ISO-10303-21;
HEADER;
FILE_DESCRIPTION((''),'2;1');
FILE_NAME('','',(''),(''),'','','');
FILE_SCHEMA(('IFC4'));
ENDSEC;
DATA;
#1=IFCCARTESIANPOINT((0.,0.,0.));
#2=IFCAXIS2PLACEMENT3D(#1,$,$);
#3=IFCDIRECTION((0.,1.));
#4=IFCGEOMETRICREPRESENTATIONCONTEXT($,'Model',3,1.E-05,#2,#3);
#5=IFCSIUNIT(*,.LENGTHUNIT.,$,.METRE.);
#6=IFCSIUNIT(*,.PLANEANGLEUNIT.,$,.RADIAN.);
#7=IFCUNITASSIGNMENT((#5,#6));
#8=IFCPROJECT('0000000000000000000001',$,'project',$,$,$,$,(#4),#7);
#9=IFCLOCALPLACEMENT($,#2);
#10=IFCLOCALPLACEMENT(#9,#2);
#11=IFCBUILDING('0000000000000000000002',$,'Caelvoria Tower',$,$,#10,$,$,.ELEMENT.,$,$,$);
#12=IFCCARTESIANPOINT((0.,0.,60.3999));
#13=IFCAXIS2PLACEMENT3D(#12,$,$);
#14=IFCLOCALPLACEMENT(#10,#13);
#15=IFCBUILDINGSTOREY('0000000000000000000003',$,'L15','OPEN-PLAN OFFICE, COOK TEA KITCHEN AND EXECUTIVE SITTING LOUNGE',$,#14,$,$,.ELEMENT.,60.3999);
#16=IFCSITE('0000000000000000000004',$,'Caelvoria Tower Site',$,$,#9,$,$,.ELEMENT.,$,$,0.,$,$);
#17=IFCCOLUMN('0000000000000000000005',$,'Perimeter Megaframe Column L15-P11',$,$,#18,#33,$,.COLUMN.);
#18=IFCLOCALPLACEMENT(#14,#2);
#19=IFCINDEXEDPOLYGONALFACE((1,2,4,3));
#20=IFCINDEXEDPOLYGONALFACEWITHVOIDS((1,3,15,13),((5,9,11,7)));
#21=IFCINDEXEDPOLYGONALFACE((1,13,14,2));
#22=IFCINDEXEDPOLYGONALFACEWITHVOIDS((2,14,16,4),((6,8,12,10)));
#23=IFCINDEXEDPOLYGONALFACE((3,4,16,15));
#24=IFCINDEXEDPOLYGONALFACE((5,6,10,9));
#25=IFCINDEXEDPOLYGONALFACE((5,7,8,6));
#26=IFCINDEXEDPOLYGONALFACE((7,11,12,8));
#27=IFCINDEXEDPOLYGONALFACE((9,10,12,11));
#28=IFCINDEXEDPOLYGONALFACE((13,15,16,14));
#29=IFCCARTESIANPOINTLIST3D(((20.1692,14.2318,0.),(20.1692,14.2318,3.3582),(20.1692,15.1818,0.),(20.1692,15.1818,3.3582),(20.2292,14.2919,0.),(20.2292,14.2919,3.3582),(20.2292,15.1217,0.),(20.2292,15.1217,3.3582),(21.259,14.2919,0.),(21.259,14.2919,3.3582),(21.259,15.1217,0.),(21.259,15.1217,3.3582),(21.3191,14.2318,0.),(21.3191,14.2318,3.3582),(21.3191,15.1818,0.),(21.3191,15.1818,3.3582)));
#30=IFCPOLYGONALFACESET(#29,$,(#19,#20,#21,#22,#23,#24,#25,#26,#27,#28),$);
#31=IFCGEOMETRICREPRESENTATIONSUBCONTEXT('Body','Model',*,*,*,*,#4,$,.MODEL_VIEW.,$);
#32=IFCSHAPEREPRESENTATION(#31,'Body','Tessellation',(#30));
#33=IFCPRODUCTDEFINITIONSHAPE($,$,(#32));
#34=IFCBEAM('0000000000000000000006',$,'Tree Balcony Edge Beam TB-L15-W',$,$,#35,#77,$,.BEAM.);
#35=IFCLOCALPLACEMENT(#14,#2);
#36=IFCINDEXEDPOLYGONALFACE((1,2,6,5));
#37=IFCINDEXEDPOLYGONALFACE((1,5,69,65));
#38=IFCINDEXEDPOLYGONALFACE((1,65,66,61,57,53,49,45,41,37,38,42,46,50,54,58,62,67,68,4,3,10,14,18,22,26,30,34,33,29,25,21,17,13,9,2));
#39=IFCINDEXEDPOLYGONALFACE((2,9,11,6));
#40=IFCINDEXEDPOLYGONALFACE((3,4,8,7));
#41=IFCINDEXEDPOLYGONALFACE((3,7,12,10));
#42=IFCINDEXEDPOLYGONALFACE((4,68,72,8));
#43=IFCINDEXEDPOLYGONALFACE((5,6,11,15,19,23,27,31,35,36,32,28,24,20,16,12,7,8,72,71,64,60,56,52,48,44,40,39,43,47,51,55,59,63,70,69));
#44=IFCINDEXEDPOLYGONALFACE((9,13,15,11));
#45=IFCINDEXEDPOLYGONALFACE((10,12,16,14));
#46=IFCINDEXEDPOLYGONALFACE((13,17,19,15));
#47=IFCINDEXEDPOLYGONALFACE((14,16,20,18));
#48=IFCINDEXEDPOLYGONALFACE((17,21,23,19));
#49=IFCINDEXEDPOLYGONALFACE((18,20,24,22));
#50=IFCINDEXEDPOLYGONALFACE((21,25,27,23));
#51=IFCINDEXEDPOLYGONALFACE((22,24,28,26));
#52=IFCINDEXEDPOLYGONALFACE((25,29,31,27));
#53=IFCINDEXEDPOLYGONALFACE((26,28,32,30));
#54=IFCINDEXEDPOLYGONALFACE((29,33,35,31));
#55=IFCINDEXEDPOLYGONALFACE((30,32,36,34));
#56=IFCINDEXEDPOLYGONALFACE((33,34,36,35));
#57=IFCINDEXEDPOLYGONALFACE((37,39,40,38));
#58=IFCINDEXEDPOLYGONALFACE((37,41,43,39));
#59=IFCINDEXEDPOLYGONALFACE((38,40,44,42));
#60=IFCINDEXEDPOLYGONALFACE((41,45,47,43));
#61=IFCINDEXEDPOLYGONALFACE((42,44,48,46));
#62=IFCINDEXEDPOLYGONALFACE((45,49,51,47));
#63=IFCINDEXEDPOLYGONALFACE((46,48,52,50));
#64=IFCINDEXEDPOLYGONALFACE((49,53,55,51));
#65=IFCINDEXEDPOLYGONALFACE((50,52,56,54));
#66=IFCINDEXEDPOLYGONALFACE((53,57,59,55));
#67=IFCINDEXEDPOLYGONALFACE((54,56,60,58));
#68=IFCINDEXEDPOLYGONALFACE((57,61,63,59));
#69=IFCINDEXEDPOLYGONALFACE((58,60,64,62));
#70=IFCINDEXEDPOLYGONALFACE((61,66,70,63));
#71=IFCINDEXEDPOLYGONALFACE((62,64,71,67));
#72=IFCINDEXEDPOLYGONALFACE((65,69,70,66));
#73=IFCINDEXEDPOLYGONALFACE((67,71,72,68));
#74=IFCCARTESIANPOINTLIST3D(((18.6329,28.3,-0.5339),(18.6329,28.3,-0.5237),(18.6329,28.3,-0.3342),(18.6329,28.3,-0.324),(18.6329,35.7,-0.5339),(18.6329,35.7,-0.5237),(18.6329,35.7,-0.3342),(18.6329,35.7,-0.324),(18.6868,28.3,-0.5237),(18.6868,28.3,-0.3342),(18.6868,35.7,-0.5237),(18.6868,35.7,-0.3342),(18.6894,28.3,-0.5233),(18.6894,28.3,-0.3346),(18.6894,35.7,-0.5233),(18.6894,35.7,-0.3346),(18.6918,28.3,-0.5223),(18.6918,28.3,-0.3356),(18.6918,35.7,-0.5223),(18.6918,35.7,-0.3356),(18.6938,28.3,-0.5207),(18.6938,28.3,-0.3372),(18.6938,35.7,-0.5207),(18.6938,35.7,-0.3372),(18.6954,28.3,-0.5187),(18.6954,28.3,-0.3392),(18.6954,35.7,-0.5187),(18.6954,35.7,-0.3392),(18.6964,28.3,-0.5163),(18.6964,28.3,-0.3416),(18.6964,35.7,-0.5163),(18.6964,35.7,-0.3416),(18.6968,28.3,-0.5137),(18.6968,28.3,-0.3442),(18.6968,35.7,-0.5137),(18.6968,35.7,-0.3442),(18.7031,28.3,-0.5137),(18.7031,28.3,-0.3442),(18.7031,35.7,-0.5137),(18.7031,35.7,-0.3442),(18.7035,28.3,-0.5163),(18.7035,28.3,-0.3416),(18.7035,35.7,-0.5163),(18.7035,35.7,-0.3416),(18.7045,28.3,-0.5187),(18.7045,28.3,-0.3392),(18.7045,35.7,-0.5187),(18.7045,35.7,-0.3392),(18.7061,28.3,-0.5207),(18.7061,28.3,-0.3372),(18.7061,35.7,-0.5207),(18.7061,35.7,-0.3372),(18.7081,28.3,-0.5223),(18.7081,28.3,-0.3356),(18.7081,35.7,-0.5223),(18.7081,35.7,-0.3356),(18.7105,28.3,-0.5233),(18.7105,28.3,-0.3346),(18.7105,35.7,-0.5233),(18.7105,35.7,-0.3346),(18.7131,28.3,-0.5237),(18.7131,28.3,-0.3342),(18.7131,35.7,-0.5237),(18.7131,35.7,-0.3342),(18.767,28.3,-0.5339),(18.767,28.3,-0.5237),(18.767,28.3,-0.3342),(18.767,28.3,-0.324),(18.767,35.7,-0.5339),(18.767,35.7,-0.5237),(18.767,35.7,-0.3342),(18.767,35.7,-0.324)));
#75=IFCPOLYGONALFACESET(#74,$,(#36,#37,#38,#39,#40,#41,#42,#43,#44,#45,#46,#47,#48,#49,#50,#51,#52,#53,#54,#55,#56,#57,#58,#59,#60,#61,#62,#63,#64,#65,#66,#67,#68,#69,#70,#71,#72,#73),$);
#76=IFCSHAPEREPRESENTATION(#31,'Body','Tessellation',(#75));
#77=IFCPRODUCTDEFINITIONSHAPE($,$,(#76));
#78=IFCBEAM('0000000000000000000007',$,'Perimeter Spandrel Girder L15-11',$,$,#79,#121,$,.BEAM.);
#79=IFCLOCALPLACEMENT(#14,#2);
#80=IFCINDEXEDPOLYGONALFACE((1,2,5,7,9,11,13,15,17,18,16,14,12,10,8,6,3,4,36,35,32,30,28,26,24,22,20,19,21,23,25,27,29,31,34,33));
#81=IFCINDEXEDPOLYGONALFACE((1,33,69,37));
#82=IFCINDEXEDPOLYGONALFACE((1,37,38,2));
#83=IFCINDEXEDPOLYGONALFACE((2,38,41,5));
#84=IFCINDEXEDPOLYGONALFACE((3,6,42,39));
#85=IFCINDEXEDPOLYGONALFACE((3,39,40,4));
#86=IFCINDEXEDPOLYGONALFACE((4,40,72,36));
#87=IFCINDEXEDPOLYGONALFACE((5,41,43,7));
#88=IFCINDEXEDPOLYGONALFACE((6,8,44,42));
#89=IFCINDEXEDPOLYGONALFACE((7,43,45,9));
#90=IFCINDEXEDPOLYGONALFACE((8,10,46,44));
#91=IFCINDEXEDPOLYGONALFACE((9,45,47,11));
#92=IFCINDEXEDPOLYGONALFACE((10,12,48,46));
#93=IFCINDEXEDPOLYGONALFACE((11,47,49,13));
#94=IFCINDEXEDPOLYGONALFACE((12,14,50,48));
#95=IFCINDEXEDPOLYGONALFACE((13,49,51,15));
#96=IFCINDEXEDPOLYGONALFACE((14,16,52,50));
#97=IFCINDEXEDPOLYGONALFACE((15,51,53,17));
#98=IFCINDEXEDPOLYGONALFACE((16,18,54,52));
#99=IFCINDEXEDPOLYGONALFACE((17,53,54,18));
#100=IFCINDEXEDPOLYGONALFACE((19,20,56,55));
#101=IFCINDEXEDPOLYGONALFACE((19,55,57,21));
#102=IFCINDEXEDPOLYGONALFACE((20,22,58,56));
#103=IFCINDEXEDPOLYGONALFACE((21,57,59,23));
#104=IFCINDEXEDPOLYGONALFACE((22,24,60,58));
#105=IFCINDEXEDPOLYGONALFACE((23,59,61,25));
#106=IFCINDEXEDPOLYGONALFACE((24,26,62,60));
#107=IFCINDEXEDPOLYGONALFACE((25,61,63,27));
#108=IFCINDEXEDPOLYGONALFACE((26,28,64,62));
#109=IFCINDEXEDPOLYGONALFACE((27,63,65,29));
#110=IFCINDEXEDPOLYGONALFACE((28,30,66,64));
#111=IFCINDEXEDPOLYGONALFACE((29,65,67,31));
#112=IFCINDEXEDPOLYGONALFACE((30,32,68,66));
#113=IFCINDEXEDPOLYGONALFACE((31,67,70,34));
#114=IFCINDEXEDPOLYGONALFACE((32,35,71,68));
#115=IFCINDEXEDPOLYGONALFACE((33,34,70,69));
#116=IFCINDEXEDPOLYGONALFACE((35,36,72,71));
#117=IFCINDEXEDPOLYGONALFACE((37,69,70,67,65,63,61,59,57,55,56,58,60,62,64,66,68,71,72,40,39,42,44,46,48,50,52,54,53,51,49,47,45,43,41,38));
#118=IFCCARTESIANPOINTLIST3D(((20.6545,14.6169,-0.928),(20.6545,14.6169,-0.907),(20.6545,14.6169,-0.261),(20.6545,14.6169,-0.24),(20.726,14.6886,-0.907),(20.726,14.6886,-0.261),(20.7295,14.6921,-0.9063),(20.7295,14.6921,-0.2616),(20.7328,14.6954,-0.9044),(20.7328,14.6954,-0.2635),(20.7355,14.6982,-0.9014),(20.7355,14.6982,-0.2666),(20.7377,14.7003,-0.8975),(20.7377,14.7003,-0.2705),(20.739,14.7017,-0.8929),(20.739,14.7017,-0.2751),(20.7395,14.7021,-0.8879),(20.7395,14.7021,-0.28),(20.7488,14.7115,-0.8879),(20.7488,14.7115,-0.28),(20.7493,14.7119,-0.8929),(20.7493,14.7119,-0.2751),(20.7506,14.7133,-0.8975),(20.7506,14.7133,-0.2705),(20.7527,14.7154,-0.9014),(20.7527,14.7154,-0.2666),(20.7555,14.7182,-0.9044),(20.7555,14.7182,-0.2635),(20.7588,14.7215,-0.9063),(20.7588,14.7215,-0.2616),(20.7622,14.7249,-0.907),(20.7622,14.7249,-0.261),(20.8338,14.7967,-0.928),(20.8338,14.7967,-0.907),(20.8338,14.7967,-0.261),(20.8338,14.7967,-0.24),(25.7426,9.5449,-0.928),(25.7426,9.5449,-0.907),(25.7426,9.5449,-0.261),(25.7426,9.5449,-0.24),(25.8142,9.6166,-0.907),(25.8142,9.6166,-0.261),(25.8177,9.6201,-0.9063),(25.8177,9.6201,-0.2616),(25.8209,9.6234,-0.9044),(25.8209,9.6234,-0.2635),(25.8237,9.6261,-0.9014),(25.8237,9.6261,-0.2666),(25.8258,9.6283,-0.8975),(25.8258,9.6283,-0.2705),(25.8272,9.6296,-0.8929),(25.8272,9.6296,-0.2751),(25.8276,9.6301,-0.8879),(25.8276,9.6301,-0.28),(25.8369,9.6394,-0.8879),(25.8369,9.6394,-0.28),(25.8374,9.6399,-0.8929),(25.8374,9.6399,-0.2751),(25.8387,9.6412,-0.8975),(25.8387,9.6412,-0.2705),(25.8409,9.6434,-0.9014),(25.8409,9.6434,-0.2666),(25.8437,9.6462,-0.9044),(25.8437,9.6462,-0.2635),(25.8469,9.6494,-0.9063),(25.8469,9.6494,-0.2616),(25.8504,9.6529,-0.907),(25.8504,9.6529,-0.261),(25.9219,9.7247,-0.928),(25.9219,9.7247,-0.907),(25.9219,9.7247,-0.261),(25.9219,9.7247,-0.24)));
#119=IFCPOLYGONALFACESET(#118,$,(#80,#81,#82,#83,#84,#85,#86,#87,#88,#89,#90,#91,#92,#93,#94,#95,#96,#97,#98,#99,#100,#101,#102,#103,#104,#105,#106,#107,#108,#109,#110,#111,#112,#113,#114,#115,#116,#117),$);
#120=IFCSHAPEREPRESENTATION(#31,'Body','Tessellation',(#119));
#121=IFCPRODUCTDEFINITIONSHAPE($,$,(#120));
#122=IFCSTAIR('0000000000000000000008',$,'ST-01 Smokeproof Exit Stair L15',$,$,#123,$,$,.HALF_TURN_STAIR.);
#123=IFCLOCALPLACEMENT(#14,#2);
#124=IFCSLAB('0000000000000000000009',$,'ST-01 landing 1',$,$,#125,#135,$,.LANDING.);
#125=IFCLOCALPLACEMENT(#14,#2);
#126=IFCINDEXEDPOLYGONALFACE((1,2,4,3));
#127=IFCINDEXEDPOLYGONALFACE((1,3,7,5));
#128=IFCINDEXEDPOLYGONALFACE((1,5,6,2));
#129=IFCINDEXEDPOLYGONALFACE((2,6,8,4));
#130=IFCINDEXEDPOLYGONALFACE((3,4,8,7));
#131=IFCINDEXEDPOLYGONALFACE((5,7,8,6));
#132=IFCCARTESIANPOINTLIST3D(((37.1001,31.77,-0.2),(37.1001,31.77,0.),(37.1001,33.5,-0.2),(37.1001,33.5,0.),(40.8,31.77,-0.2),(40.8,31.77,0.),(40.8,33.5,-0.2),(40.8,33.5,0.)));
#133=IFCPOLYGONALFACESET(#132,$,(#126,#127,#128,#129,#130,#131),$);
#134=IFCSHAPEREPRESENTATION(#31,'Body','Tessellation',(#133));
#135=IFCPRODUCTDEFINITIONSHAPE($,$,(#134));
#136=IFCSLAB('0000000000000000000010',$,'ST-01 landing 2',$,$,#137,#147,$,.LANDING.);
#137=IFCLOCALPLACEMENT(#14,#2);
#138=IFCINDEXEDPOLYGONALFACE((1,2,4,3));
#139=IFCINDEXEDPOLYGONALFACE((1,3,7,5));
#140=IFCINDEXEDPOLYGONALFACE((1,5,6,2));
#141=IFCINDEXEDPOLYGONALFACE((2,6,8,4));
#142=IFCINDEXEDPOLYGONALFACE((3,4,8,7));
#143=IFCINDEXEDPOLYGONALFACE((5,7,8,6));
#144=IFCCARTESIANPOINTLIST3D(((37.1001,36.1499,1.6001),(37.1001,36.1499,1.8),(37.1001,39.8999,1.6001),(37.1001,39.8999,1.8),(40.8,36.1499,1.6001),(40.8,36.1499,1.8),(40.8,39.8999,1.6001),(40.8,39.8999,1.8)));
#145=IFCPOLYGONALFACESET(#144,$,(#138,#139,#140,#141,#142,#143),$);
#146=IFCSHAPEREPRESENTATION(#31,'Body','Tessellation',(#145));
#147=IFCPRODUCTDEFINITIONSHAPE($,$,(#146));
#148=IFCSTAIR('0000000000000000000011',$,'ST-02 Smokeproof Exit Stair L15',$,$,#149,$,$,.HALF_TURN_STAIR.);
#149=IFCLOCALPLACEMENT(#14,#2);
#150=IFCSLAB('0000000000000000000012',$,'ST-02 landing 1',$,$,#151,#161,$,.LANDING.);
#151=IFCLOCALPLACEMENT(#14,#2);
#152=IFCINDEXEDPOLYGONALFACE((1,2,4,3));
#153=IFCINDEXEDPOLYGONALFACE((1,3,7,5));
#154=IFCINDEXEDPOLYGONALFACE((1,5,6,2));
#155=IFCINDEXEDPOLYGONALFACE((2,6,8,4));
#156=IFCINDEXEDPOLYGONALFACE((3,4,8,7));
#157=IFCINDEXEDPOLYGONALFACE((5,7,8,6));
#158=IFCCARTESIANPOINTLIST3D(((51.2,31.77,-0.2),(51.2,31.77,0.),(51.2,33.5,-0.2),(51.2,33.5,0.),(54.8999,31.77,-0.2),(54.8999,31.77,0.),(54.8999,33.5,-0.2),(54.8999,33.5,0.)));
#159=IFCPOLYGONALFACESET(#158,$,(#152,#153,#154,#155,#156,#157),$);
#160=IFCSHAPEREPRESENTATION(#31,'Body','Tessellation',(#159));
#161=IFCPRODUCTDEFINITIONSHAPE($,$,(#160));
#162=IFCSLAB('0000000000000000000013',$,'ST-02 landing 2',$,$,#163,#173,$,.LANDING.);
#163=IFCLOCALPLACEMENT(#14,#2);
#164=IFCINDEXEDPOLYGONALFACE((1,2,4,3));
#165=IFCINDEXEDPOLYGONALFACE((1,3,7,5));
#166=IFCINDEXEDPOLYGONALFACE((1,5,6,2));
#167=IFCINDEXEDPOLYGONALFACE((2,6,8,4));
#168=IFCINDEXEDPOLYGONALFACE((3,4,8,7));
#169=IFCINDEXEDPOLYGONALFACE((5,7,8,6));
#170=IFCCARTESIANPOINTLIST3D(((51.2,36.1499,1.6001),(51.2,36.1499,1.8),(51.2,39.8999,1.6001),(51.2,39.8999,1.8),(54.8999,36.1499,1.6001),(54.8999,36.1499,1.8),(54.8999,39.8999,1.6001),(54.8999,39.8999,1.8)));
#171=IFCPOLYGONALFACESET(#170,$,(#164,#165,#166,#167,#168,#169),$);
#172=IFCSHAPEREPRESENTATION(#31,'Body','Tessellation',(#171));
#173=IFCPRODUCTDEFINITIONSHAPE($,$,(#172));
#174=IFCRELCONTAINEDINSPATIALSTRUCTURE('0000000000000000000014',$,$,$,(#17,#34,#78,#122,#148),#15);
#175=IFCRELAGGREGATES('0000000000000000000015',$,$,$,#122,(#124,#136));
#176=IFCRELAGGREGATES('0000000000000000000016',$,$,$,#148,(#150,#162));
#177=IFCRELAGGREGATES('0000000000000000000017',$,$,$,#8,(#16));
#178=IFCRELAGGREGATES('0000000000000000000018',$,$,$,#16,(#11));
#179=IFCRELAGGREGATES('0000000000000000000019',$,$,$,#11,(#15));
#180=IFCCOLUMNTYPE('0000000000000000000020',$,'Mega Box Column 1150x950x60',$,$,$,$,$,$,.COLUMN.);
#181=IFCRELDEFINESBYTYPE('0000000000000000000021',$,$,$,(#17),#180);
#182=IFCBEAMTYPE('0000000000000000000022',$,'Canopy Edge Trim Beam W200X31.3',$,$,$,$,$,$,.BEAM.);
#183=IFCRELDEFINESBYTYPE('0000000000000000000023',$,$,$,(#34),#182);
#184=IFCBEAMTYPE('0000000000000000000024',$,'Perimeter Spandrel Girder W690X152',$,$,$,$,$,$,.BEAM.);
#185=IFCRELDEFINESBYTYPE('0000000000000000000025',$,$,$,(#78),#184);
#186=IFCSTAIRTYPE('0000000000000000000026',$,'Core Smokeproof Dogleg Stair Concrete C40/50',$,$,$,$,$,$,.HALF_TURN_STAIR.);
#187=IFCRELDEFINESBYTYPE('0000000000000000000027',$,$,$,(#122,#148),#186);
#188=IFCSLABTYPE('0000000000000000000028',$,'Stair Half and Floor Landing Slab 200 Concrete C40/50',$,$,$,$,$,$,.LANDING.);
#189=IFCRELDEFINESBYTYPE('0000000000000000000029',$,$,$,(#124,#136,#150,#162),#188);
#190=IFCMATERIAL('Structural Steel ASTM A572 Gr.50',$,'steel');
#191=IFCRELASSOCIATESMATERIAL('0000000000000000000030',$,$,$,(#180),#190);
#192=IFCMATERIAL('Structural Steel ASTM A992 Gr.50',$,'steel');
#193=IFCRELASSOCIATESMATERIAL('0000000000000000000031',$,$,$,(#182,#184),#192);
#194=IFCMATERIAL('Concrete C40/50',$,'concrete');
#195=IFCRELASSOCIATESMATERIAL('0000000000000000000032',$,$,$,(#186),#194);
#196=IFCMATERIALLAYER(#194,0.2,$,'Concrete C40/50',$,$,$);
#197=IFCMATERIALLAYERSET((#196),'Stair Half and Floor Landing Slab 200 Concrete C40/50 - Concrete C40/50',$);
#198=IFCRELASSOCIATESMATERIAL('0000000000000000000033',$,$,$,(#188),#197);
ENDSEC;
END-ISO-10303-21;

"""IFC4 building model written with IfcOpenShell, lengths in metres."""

from ifc_helpers import new_model, si_unit, direction, frame, origin, origin_2d, place, context, subcontext, project, spatial, polyline, hollow_rectangle, i_section, outline, extrude, material, layer, layer_set, material_profile, profile_set, type_object, element, aggregate, save


model = new_model("IFC4")

# Units and contexts
model_context = context("Model", 3, precision=1e-05, world=origin(), true_north=direction((0.0, 1.0)))
body_context = subcontext(model_context, "Body", "Model", "MODEL_VIEW")
ifc_project = project(units=[si_unit("LENGTHUNIT", "METRE"), si_unit("PLANEANGLEUNIT", "RADIAN")], contexts=[model_context])

# Site, building, storey
site_placement = place(None, origin())
site = spatial("IfcSite", under=ifc_project, at=site_placement, Name="Caelvoria Tower Site", CompositionType="ELEMENT", RefElevation=0.0)
building_placement = place(site_placement, origin())
building = spatial("IfcBuilding", under=site, at=building_placement, Name="Caelvoria Tower", CompositionType="ELEMENT")
storey_placement = place(building_placement, frame((0.0, 0.0, 60.3999)))
storey = spatial("IfcBuildingStorey", under=building, at=storey_placement, Name="L15", Description="OPEN-PLAN OFFICE, COOK TEA KITCHEN AND EXECUTIVE SITTING LOUNGE", CompositionType="ELEMENT", Elevation=60.3999)

# Column
ifc_material_1 = material(Name="Structural Steel ASTM A572 Gr.50", Category="steel")
ifc_material_profile_1 = material_profile(ifc_material_1, hollow_rectangle(XDim=0.95, YDim=1.1499, WallThickness=0.0601, at=origin_2d()), Name="Structural Steel ASTM A572 Gr.50")
ifc_profile_set_1 = profile_set([ifc_material_profile_1], Name="BOX1150X950X60 - Structural Steel ASTM A572 Gr.50")
column_type = type_object("IfcColumnType", Name="Mega Box Column 1150x950x60", PredefinedType="COLUMN", material=ifc_profile_set_1)
column_placement = place(storey_placement, frame((20.7441, 14.7068, 0.0), z_axis=(0.0, 0.0, 1.0), x_axis=(0.0, 1.0, 0.0)))
element("IfcColumn", 1, at=column_placement, inside=storey, type_object=column_type, Name="Perimeter Megaframe Column L15-P11", PredefinedType="COLUMN", context=body_context, shape_type="SweptSolid", body=[
    extrude(hollow_rectangle(XDim=0.95, YDim=1.1499, WallThickness=0.0601, at=origin_2d()), origin(), (0.0, 0.0, 1.0), 3.3582),
])

# Beams
ifc_material_2 = material(Name="Structural Steel ASTM A992 Gr.50", Category="steel")
ifc_material_profile_2 = material_profile(ifc_material_2, i_section(OverallWidth=0.134, OverallDepth=0.21, WebThickness=0.0063, FlangeThickness=0.0103, FilletRadius=0.01, at=origin_2d()), Name="Structural Steel ASTM A992 Gr.50")
ifc_profile_set_2 = profile_set([ifc_material_profile_2], Name="W200X31.3 - Structural Steel ASTM A992 Gr.50")
beam_type_1 = type_object("IfcBeamType", Name="Canopy Edge Trim Beam W200X31.3", PredefinedType="BEAM", material=ifc_profile_set_2)
beam_1_placement = place(storey_placement, frame((18.7, 28.3, -0.429), z_axis=(0.0, 1.0, 0.0), x_axis=(-1.0, 0.0, 0.0)))
element("IfcBeam", 2, at=beam_1_placement, inside=storey, type_object=beam_type_1, Name="Tree Balcony Edge Beam TB-L15-W", PredefinedType="BEAM", context=body_context, shape_type="SweptSolid", body=[
    extrude(i_section(OverallWidth=0.134, OverallDepth=0.21, WebThickness=0.0063, FlangeThickness=0.0103, FilletRadius=0.01, at=origin_2d()), origin(), (0.0, 0.0, 1.0), 7.3999),
])
ifc_material_profile_3 = material_profile(ifc_material_2, i_section(OverallWidth=0.2539, OverallDepth=0.688, WebThickness=0.0132, FlangeThickness=0.021, FilletRadius=0.019, at=origin_2d()), Name="Structural Steel ASTM A992 Gr.50")
ifc_profile_set_3 = profile_set([ifc_material_profile_3], Name="W690X152 - Structural Steel ASTM A992 Gr.50")
beam_type_2 = type_object("IfcBeamType", Name="Perimeter Spandrel Girder W690X152", PredefinedType="BEAM", material=ifc_profile_set_3)
beam_2_placement = place(storey_placement, frame((20.7441, 14.7068, -0.584), z_axis=(0.708227, -0.705984, 0.0), x_axis=(0.705984, 0.708227, 0.0)))
element("IfcBeam", 3, at=beam_2_placement, inside=storey, type_object=beam_type_2, Name="Perimeter Spandrel Girder L15-11", PredefinedType="BEAM", context=body_context, shape_type="SweptSolid", body=[
    extrude(i_section(OverallWidth=0.2539, OverallDepth=0.688, WebThickness=0.0132, FlangeThickness=0.021, FilletRadius=0.019, at=origin_2d()), origin(), (0.0, 0.0, 1.0), 7.1843),
])

# Stairs, slabs
ifc_material_3 = material(Name="Concrete C40/50", Category="concrete")
stair_type = type_object("IfcStairType", Name="Core Smokeproof Dogleg Stair Concrete C40/50", PredefinedType="HALF_TURN_STAIR", material=ifc_material_3)
stair_1_placement = place(storey_placement, origin())
stair_1 = element("IfcStair", 4, at=stair_1_placement, inside=storey, type_object=stair_type, Name="ST-01 Smokeproof Exit Stair L15", PredefinedType="HALF_TURN_STAIR")
ifc_layer_1 = layer(ifc_material_3, 0.2, Name="Concrete C40/50")
ifc_layer_set_1 = layer_set([ifc_layer_1], Name="Stair Half and Floor Landing Slab 200 Concrete C40/50 - Concrete C40/50")
slab_type_1 = type_object("IfcSlabType", Name="Stair Half and Floor Landing Slab 200 Concrete C40/50", PredefinedType="LANDING", material=ifc_layer_set_1)
slab_1_placement = place(storey_placement, frame((0.0, 0.0, -0.2)))
slab_1 = element("IfcSlab", 5, at=slab_1_placement, type_object=slab_type_1, Name="ST-01 landing 1", PredefinedType="LANDING", context=body_context, shape_type="SweptSolid", body=[
    extrude(outline(polyline([(37.1001, 31.77), (40.8, 31.77), (40.8, 33.5), (37.1001, 33.5), (37.1001, 31.77)])), origin(), (0.0, 0.0, 1.0), 0.2),
])
slab_2_placement = place(storey_placement, frame((0.0, 0.0, 1.6001)))
slab_2 = element("IfcSlab", 6, at=slab_2_placement, type_object=slab_type_1, Name="ST-01 landing 2", PredefinedType="LANDING", context=body_context, shape_type="SweptSolid", body=[
    extrude(outline(polyline([(37.1001, 36.1499), (40.8, 36.1499), (40.8, 39.8999), (37.1001, 39.8999), (37.1001, 36.1499)])), origin(), (0.0, 0.0, 1.0), 0.2),
])
aggregate(stair_1, [slab_1, slab_2])
stair_2_placement = place(storey_placement, origin())
stair_2 = element("IfcStair", 7, at=stair_2_placement, inside=storey, type_object=stair_type, Name="ST-02 Smokeproof Exit Stair L15", PredefinedType="HALF_TURN_STAIR")
slab_3_placement = place(storey_placement, frame((0.0, 0.0, -0.2)))
slab_3 = element("IfcSlab", 8, at=slab_3_placement, type_object=slab_type_1, Name="ST-02 landing 1", PredefinedType="LANDING", context=body_context, shape_type="SweptSolid", body=[
    extrude(outline(polyline([(51.2, 31.77), (54.8999, 31.77), (54.8999, 33.5), (51.2, 33.5), (51.2, 31.77)])), origin(), (0.0, 0.0, 1.0), 0.2),
])
slab_4_placement = place(storey_placement, frame((0.0, 0.0, 1.6001)))
slab_4 = element("IfcSlab", 9, at=slab_4_placement, type_object=slab_type_1, Name="ST-02 landing 2", PredefinedType="LANDING", context=body_context, shape_type="SweptSolid", body=[
    extrude(outline(polyline([(51.2, 36.1499), (54.8999, 36.1499), (54.8999, 39.8999), (51.2, 39.8999), (51.2, 36.1499)])), origin(), (0.0, 0.0, 1.0), 0.2),
])
aggregate(stair_2, [slab_3, slab_4])

save(model, "model.ifc")
